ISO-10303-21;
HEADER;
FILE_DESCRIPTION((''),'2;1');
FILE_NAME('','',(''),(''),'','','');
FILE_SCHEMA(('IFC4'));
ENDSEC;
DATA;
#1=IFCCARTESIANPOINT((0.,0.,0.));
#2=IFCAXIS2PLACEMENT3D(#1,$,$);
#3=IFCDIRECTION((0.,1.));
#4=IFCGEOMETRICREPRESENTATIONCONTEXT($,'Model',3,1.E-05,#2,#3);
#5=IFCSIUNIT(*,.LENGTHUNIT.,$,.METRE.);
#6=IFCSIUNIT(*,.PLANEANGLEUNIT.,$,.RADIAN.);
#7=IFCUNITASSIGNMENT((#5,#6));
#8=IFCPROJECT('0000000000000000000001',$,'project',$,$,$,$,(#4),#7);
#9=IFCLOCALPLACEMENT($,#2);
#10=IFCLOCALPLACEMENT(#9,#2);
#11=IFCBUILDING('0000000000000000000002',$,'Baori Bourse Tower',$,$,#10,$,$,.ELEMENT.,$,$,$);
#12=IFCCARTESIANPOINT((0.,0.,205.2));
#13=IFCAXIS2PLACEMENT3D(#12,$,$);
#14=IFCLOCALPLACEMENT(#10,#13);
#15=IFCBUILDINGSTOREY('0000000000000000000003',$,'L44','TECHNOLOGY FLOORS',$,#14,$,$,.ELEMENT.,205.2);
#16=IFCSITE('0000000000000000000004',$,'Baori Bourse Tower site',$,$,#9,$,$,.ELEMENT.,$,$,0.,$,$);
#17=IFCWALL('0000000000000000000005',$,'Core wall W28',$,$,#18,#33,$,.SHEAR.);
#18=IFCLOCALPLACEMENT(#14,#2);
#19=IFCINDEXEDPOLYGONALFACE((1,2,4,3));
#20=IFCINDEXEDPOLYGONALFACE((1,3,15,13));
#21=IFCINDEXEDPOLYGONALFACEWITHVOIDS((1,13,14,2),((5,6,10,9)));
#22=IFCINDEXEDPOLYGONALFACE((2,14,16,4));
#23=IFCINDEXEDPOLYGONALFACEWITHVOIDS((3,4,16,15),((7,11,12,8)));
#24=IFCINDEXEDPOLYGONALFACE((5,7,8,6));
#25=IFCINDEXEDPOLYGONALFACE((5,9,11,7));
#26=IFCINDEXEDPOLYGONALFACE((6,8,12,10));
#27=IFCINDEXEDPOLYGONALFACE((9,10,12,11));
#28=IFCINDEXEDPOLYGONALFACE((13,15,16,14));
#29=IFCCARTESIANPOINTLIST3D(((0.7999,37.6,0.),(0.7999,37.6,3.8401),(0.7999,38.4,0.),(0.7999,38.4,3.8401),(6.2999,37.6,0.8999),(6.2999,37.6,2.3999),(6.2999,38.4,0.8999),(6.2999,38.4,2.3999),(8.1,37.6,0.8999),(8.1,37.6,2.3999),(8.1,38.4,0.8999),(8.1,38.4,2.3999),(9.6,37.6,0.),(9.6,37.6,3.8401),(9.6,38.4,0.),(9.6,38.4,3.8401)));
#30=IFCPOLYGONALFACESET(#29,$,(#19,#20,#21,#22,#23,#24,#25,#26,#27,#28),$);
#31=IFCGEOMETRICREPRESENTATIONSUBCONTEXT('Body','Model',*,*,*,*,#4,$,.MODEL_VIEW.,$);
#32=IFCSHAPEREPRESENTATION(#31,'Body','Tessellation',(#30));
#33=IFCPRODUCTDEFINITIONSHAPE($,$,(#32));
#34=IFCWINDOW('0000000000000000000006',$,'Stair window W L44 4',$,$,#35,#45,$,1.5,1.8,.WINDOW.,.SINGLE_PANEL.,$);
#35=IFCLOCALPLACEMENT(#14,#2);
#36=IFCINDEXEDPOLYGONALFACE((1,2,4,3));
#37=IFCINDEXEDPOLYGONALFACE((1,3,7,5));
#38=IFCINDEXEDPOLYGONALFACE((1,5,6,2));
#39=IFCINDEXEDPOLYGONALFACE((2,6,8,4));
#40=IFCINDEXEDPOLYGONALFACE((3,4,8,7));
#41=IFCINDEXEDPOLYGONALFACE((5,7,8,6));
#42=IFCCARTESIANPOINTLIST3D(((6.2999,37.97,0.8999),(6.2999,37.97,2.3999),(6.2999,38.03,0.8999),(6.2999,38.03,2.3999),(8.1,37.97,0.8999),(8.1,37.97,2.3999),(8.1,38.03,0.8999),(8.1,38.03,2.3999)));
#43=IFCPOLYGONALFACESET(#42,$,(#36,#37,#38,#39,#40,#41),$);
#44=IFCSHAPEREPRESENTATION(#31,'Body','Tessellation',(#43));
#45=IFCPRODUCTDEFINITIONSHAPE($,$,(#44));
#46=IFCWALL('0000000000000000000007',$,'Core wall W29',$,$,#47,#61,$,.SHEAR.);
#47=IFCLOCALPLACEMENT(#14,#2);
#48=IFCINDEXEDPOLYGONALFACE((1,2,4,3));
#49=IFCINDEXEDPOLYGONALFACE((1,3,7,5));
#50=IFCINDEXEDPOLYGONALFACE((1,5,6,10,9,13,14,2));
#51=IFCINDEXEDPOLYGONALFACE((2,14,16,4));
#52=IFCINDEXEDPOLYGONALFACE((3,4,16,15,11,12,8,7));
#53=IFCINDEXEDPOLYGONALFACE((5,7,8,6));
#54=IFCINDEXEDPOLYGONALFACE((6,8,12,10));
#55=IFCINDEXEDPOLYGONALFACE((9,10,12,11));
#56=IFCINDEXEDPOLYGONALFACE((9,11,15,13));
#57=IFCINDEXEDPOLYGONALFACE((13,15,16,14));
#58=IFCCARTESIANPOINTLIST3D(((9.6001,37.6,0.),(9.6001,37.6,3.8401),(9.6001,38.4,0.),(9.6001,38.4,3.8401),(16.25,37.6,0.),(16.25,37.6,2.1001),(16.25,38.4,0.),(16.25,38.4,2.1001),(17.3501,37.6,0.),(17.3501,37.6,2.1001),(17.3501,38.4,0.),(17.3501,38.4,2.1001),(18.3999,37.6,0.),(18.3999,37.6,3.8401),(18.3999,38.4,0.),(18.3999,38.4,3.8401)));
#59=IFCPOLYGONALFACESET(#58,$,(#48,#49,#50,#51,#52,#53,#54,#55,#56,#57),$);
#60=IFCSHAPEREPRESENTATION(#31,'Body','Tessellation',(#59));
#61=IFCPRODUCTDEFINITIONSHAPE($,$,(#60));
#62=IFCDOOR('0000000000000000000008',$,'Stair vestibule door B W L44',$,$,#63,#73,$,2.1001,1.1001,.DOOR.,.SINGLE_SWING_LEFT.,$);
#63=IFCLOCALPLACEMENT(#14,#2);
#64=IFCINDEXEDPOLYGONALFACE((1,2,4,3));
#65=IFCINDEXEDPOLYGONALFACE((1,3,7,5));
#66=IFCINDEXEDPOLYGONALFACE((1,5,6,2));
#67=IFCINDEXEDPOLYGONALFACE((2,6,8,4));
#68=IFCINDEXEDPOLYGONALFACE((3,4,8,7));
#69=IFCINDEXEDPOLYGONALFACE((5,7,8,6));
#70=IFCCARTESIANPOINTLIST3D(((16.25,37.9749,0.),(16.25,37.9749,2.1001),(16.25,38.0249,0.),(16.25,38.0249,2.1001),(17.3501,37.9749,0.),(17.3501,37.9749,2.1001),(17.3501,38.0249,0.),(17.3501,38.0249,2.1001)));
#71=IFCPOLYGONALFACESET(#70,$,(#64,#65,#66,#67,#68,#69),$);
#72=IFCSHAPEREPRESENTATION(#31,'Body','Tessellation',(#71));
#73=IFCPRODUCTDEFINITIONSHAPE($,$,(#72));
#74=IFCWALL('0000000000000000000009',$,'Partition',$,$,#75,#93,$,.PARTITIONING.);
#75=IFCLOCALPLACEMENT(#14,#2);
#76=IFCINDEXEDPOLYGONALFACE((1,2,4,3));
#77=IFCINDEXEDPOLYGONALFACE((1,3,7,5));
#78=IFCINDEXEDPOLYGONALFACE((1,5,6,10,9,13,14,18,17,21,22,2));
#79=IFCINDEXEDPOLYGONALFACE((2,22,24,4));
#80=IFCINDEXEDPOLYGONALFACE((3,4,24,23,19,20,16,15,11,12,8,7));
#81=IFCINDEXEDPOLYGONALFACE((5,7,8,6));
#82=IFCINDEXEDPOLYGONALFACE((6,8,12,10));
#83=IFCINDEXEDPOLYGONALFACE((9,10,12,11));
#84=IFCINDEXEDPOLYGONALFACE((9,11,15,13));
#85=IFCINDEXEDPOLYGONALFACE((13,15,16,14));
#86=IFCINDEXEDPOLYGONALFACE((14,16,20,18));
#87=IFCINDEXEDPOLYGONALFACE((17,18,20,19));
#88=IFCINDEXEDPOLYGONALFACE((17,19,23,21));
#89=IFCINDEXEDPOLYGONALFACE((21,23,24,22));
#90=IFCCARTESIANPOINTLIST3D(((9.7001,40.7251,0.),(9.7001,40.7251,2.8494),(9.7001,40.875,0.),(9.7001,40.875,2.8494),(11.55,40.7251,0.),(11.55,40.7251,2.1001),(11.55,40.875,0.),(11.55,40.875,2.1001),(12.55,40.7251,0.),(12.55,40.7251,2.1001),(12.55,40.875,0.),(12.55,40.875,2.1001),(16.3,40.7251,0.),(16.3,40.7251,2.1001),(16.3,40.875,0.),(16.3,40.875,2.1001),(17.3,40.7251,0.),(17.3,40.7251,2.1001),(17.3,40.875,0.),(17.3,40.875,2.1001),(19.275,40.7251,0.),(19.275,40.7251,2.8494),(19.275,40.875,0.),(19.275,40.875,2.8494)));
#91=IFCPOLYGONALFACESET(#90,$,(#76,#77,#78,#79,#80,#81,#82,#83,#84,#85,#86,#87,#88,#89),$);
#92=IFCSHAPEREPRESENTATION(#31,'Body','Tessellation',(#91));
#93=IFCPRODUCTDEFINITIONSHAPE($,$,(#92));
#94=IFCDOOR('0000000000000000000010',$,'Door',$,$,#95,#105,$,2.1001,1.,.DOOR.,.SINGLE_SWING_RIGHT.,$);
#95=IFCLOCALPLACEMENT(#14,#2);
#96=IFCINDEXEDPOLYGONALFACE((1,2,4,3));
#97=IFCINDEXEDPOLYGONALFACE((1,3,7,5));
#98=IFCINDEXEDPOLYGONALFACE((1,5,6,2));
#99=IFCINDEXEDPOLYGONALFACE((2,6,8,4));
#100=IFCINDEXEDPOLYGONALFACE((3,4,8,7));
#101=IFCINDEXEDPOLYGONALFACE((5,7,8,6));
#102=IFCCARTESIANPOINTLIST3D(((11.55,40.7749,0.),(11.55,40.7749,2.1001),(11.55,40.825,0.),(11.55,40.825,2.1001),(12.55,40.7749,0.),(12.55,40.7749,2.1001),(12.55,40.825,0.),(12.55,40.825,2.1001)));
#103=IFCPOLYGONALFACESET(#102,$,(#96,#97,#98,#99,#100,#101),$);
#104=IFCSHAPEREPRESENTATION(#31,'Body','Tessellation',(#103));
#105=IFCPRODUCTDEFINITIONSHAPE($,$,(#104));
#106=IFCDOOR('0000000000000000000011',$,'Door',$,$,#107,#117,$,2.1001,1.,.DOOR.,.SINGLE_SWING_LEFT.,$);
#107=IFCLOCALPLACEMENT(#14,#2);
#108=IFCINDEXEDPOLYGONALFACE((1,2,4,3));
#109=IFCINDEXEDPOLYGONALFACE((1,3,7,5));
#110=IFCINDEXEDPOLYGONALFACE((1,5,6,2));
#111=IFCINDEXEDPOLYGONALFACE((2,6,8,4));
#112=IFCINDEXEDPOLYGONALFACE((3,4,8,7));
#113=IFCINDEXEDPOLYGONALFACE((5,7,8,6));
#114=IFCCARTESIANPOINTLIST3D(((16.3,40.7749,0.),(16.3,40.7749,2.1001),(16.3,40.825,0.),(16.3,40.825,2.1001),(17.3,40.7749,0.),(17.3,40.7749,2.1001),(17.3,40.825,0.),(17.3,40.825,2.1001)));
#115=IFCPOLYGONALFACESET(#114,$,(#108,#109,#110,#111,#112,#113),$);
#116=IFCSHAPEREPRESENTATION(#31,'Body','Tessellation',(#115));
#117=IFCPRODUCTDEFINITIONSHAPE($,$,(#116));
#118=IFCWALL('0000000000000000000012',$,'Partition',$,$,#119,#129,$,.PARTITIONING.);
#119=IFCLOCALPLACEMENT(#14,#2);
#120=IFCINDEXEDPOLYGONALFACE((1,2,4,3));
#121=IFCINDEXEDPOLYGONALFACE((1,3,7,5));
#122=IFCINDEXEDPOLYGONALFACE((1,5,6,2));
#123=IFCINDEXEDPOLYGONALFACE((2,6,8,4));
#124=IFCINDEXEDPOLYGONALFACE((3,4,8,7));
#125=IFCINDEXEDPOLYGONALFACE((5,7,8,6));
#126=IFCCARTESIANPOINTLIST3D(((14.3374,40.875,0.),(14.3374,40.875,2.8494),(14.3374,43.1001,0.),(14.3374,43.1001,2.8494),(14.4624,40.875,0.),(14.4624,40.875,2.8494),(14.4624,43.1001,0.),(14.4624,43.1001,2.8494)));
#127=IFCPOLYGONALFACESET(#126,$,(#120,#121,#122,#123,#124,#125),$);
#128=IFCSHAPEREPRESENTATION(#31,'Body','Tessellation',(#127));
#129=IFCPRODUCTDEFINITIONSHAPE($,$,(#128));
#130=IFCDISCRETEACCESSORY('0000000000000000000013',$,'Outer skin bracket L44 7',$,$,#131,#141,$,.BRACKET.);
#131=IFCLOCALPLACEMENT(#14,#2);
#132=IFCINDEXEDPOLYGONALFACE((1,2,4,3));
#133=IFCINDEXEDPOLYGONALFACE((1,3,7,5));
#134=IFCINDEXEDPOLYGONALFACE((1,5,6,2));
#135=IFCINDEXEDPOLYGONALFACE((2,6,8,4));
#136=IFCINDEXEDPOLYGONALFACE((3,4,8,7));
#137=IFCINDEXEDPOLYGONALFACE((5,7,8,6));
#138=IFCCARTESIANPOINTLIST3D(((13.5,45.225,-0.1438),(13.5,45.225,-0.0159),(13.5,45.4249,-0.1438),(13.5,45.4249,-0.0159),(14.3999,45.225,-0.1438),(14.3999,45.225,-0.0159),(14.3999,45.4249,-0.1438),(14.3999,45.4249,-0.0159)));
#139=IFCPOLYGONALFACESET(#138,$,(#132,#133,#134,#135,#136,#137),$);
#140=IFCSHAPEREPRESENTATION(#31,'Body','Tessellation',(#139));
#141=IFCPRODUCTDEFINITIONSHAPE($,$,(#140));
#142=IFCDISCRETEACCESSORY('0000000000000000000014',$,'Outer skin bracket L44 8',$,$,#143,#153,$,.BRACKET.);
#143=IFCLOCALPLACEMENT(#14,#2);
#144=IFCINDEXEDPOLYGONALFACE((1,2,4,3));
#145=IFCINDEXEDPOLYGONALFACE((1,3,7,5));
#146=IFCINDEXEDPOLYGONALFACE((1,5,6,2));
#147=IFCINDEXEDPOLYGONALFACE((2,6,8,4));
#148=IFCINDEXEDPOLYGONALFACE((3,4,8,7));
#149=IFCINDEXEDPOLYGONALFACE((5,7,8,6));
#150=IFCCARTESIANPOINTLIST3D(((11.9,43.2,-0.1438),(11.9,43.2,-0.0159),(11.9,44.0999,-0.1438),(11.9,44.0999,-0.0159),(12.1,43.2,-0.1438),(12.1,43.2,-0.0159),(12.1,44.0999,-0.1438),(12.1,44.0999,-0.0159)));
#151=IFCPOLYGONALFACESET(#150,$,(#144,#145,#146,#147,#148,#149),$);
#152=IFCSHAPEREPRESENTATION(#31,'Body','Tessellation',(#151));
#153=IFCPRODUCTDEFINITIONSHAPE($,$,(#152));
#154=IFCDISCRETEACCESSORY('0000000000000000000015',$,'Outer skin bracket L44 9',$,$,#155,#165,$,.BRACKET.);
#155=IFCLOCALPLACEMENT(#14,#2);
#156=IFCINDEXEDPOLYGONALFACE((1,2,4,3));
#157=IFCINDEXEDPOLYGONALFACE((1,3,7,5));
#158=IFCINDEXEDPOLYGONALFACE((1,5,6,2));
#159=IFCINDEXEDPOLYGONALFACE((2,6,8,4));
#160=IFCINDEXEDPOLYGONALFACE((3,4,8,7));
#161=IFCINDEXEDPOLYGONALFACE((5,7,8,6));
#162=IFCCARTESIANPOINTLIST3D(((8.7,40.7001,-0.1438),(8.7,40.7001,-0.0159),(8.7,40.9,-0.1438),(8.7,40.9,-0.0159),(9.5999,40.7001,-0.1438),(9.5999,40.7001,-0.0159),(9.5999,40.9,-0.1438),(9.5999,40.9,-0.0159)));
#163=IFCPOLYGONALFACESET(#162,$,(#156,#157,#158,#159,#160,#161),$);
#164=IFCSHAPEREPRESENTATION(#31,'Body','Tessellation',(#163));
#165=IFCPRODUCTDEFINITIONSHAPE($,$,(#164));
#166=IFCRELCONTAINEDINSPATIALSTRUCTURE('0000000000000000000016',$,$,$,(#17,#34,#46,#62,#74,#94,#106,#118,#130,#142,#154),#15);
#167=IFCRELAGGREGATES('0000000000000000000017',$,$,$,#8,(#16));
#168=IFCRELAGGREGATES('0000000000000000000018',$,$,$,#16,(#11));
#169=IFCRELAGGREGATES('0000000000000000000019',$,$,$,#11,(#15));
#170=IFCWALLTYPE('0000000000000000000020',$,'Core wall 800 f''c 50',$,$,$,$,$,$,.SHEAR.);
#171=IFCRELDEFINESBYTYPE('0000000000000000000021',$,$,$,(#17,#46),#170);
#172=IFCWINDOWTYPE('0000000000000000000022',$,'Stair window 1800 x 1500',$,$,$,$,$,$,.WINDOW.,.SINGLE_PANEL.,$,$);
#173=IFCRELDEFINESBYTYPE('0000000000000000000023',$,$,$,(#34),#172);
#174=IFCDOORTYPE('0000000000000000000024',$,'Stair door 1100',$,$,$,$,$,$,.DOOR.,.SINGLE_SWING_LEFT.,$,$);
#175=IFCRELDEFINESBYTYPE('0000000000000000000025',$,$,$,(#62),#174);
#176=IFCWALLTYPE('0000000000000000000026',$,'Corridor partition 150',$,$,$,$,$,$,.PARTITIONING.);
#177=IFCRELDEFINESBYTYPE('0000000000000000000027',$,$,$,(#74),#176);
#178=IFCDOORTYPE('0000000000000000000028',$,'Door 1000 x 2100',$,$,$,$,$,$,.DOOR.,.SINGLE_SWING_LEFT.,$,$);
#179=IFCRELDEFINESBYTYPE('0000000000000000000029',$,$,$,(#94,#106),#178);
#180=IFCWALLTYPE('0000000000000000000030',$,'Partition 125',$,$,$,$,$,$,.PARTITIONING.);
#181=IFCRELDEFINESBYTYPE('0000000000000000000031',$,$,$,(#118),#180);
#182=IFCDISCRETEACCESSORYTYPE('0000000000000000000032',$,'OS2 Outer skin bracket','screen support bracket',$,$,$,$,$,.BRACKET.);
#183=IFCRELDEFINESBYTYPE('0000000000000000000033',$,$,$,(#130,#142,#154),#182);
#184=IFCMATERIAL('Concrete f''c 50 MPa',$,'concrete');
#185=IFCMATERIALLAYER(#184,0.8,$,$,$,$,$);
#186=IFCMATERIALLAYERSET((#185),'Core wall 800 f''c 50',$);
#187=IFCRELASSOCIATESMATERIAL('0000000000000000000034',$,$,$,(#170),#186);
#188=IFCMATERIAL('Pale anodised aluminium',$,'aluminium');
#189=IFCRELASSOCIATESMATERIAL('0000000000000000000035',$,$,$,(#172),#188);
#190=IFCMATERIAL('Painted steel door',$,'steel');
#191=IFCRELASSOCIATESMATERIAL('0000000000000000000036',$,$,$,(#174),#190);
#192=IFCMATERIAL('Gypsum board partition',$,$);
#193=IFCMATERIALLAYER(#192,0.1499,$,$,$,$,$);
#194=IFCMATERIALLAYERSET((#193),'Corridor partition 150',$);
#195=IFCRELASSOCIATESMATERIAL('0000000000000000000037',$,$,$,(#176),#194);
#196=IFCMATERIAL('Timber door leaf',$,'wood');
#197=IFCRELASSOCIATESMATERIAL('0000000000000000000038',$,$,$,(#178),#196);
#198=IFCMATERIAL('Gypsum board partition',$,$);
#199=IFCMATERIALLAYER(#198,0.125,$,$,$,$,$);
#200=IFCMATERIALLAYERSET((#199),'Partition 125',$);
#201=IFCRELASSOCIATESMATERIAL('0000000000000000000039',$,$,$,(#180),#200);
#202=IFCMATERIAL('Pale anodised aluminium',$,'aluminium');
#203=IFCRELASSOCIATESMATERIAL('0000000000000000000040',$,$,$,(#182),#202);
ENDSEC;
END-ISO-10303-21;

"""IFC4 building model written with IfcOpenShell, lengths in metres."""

from ifc_helpers import new_model, si_unit, direction, frame, frame_2d, origin, origin_2d, place, context, subcontext, project, spatial, rectangle, extrude, material, layer, layer_set, type_object, element, fill, save


model = new_model("IFC4")

# Units and contexts
model_context = context("Model", 3, precision=1e-05, world=origin(), true_north=direction((0.0, 1.0)))
body_context = subcontext(model_context, "Body", "Model", "MODEL_VIEW")
ifc_project = project(units=[si_unit("LENGTHUNIT", "METRE"), si_unit("PLANEANGLEUNIT", "RADIAN")], contexts=[model_context])

# Site, building, storey
site_placement = place(None, origin())
site = spatial("IfcSite", under=ifc_project, at=site_placement, Name="Baori Bourse Tower site", CompositionType="ELEMENT", RefElevation=0.0)
building_placement = place(site_placement, origin())
building = spatial("IfcBuilding", under=site, at=building_placement, Name="Baori Bourse Tower", CompositionType="ELEMENT")
storey_placement = place(building_placement, frame((0.0, 0.0, 205.2)))
storey = spatial("IfcBuildingStorey", under=building, at=storey_placement, Name="L44", Description="TECHNOLOGY FLOORS", CompositionType="ELEMENT", Elevation=205.2)

# Wall, opening, window
ifc_material_1 = material(Name="Concrete f'c 50 MPa", Category="concrete")
ifc_layer_1 = layer(ifc_material_1, 0.8)
ifc_layer_set_1 = layer_set([ifc_layer_1], Name="Core wall 800 f'c 50")
wall_type_1 = type_object("IfcWallType", Name="Core wall 800 f'c 50", PredefinedType="SHEAR", material=ifc_layer_set_1)
wall_1_placement = place(storey_placement, frame((0.8, 38.0, 0.0), z_axis=(0.0, 0.0, 1.0), x_axis=(1.0, 0.0, 0.0)))
wall_1 = element("IfcWall", 1, at=wall_1_placement, inside=storey, type_object=wall_type_1, Name="Core wall W28", PredefinedType="SHEAR", context=body_context, shape_type="SweptSolid", body=[
    extrude(rectangle(XDim=8.8, YDim=0.8, at=frame_2d((4.3999, 0.0))), origin(), (0.0, 0.0, 1.0), 3.8401),
])
opening_1_placement = place(wall_1_placement, frame((5.5, 0.0, 0.8999)))
opening_1 = element("IfcOpeningElement", 2, at=opening_1_placement, cuts=wall_1, PredefinedType="OPENING", context=body_context, shape_type="SweptSolid", body=[
    extrude(rectangle(XDim=1.8, YDim=1.5, at=frame_2d((0.8999, 0.75))), frame((0.0, 0.4099, 0.0), z_axis=(0.0, -1.0, 0.0), x_axis=(1.0, 0.0, 0.0)), (0.0, 0.0, 1.0), 0.8201),
])
ifc_material_2 = material(Name="Pale anodised aluminium", Category="aluminium")
window_type = type_object("IfcWindowType", Name="Stair window 1800 x 1500", PartitioningType="SINGLE_PANEL", PredefinedType="WINDOW", material=ifc_material_2)
window_placement = place(opening_1_placement, origin())
window = element("IfcWindow", 3, at=window_placement, inside=storey, type_object=window_type, Name="Stair window W L44 4", OverallHeight=1.5, OverallWidth=1.8, PartitioningType="SINGLE_PANEL", PredefinedType="WINDOW", context=body_context, shape_type="SweptSolid", body=[
    extrude(rectangle(XDim=1.8, YDim=1.5, at=frame_2d((0.8999, 0.75))), frame((0.0, 0.03, 0.0), z_axis=(0.0, -1.0, 0.0), x_axis=(1.0, 0.0, 0.0)), (0.0, 0.0, 1.0), 0.0601),
])
fill(opening_1, window)

# Wall, opening, door
wall_2_placement = place(storey_placement, frame((9.6001, 38.0, 0.0), z_axis=(0.0, 0.0, 1.0), x_axis=(1.0, 0.0, 0.0)))
wall_2 = element("IfcWall", 4, at=wall_2_placement, inside=storey, type_object=wall_type_1, Name="Core wall W29", PredefinedType="SHEAR", context=body_context, shape_type="SweptSolid", body=[
    extrude(rectangle(XDim=8.7998, YDim=0.8, at=frame_2d((4.3999, 0.0))), origin(), (0.0, 0.0, 1.0), 3.8401),
])
opening_2_placement = place(wall_2_placement, frame((6.6499, 0.0, 0.0)))
opening_2 = element("IfcOpeningElement", 5, at=opening_2_placement, cuts=wall_2, PredefinedType="OPENING", context=body_context, shape_type="SweptSolid", body=[
    extrude(rectangle(XDim=1.1001, YDim=2.1001, at=frame_2d((0.55, 1.05))), frame((0.0, 0.4099, 0.0), z_axis=(0.0, -1.0, 0.0), x_axis=(1.0, 0.0, 0.0)), (0.0, 0.0, 1.0), 0.8201),
])
ifc_material_3 = material(Name="Painted steel door", Category="steel")
door_type_1 = type_object("IfcDoorType", Name="Stair door 1100", OperationType="SINGLE_SWING_LEFT", PredefinedType="DOOR", material=ifc_material_3)
door_1_placement = place(opening_2_placement, origin())
door_1 = element("IfcDoor", 6, at=door_1_placement, inside=storey, type_object=door_type_1, Name="Stair vestibule door B W L44", OperationType="SINGLE_SWING_LEFT", OverallHeight=2.1001, OverallWidth=1.1001, PredefinedType="DOOR", context=body_context, shape_type="SweptSolid", body=[
    extrude(rectangle(XDim=1.1001, YDim=2.1001, at=frame_2d((0.55, 1.05))), frame((0.0, 0.0249, 0.0), z_axis=(0.0, -1.0, 0.0), x_axis=(1.0, 0.0, 0.0)), (0.0, 0.0, 1.0), 0.05),
])
fill(opening_2, door_1)

# Wall, openings, doors
ifc_material_4 = material(Name="Gypsum board partition")
ifc_layer_2 = layer(ifc_material_4, 0.1499)
ifc_layer_set_2 = layer_set([ifc_layer_2], Name="Corridor partition 150")
wall_type_2 = type_object("IfcWallType", Name="Corridor partition 150", PredefinedType="PARTITIONING", material=ifc_layer_set_2)
wall_3_placement = place(storey_placement, frame((9.7, 40.8, 0.0), z_axis=(0.0, 0.0, 1.0), x_axis=(1.0, 0.0, 0.0)))
wall_3 = element("IfcWall", 7, at=wall_3_placement, inside=storey, type_object=wall_type_2, Name="Partition", PredefinedType="PARTITIONING", context=body_context, shape_type="SweptSolid", body=[
    extrude(rectangle(XDim=9.575, YDim=0.1499, at=frame_2d((4.7876, 0.0))), origin(), (0.0, 0.0, 1.0), 2.8494),
])
opening_3_placement = place(wall_3_placement, frame((1.8501, 0.0, 0.0)))
opening_3 = element("IfcOpeningElement", 8, at=opening_3_placement, cuts=wall_3, PredefinedType="OPENING", context=body_context, shape_type="SweptSolid", body=[
    extrude(rectangle(XDim=1.0, YDim=2.1001, at=frame_2d((0.5, 1.05))), frame((0.0, 0.085, 0.0), z_axis=(0.0, -1.0, 0.0), x_axis=(1.0, 0.0, 0.0)), (0.0, 0.0, 1.0), 0.1699),
])
opening_4_placement = place(wall_3_placement, frame((6.6001, 0.0, 0.0)))
opening_4 = element("IfcOpeningElement", 9, at=opening_4_placement, cuts=wall_3, PredefinedType="OPENING", context=body_context, shape_type="SweptSolid", body=[
    extrude(rectangle(XDim=1.0, YDim=2.1001, at=frame_2d((0.5, 1.05))), frame((0.0, 0.085, 0.0), z_axis=(0.0, -1.0, 0.0), x_axis=(1.0, 0.0, 0.0)), (0.0, 0.0, 1.0), 0.1699),
])
ifc_material_5 = material(Name="Timber door leaf", Category="wood")
door_type_2 = type_object("IfcDoorType", Name="Door 1000 x 2100", OperationType="SINGLE_SWING_LEFT", PredefinedType="DOOR", material=ifc_material_5)
door_2_placement = place(opening_3_placement, origin())
door_2 = element("IfcDoor", 10, at=door_2_placement, inside=storey, type_object=door_type_2, Name="Door", OperationType="SINGLE_SWING_RIGHT", OverallHeight=2.1001, OverallWidth=1.0, PredefinedType="DOOR", context=body_context, shape_type="SweptSolid", body=[
    extrude(rectangle(XDim=1.0, YDim=2.1001, at=frame_2d((0.5, 1.05))), frame((0.0, 0.0249, 0.0), z_axis=(0.0, -1.0, 0.0), x_axis=(1.0, 0.0, 0.0)), (0.0, 0.0, 1.0), 0.05),
])
fill(opening_3, door_2)
door_3_placement = place(opening_4_placement, origin())
door_3 = element("IfcDoor", 11, at=door_3_placement, inside=storey, type_object=door_type_2, Name="Door", OperationType="SINGLE_SWING_LEFT", OverallHeight=2.1001, OverallWidth=1.0, PredefinedType="DOOR", context=body_context, shape_type="SweptSolid", body=[
    extrude(rectangle(XDim=1.0, YDim=2.1001, at=frame_2d((0.5, 1.05))), frame((0.0, 0.0249, 0.0), z_axis=(0.0, -1.0, 0.0), x_axis=(1.0, 0.0, 0.0)), (0.0, 0.0, 1.0), 0.05),
])
fill(opening_4, door_3)

# Wall
ifc_material_6 = material(Name="Gypsum board partition")
ifc_layer_3 = layer(ifc_material_6, 0.125)
ifc_layer_set_3 = layer_set([ifc_layer_3], Name="Partition 125")
wall_type_3 = type_object("IfcWallType", Name="Partition 125", PredefinedType="PARTITIONING", material=ifc_layer_set_3)
wall_4_placement = place(storey_placement, frame((14.3999, 40.875, 0.0), z_axis=(0.0, 0.0, 1.0), x_axis=(0.0, 1.0, 0.0)))
element("IfcWall", 12, at=wall_4_placement, inside=storey, type_object=wall_type_3, Name="Partition", PredefinedType="PARTITIONING", context=body_context, shape_type="SweptSolid", body=[
    extrude(rectangle(XDim=2.2251, YDim=0.125, at=frame_2d((1.1125, 0.0))), origin(), (0.0, 0.0, 1.0), 2.8494),
])

# Discrete accessories
ifc_material_7 = material(Name="Pale anodised aluminium", Category="aluminium")
discrete_accessory_type = type_object("IfcDiscreteAccessoryType", Name="OS2 Outer skin bracket", Description="screen support bracket", PredefinedType="BRACKET", material=ifc_material_7)
for number, where, z_axis, x_axis, name in (
    (13, (13.95, 45.325, -0.1438), (0.0, 0.0, 1.0), (0.0, -1.0, 0.0), "Outer skin bracket L44 7"),
    (14, (12.0, 43.6499, -0.1438), (0.0, 0.0, 1.0), (-1.0, 0.0, 0.0), "Outer skin bracket L44 8"),
    (15, (9.1499, 40.8, -0.1438), (0.0, 0.0, 1.0), (0.0, -1.0, 0.0), "Outer skin bracket L44 9"),
):
    element("IfcDiscreteAccessory", number, at=place(storey_placement, frame(where, z_axis=z_axis, x_axis=x_axis)), inside=storey, type_object=discrete_accessory_type, Name=name, PredefinedType="BRACKET", context=body_context, shape_type="SweptSolid", body=[
        extrude(rectangle(XDim=0.2, YDim=0.8999, at=origin_2d()), origin(), (0.0, 0.0, 1.0), 0.1279),
    ])

save(model, "model.ifc")
